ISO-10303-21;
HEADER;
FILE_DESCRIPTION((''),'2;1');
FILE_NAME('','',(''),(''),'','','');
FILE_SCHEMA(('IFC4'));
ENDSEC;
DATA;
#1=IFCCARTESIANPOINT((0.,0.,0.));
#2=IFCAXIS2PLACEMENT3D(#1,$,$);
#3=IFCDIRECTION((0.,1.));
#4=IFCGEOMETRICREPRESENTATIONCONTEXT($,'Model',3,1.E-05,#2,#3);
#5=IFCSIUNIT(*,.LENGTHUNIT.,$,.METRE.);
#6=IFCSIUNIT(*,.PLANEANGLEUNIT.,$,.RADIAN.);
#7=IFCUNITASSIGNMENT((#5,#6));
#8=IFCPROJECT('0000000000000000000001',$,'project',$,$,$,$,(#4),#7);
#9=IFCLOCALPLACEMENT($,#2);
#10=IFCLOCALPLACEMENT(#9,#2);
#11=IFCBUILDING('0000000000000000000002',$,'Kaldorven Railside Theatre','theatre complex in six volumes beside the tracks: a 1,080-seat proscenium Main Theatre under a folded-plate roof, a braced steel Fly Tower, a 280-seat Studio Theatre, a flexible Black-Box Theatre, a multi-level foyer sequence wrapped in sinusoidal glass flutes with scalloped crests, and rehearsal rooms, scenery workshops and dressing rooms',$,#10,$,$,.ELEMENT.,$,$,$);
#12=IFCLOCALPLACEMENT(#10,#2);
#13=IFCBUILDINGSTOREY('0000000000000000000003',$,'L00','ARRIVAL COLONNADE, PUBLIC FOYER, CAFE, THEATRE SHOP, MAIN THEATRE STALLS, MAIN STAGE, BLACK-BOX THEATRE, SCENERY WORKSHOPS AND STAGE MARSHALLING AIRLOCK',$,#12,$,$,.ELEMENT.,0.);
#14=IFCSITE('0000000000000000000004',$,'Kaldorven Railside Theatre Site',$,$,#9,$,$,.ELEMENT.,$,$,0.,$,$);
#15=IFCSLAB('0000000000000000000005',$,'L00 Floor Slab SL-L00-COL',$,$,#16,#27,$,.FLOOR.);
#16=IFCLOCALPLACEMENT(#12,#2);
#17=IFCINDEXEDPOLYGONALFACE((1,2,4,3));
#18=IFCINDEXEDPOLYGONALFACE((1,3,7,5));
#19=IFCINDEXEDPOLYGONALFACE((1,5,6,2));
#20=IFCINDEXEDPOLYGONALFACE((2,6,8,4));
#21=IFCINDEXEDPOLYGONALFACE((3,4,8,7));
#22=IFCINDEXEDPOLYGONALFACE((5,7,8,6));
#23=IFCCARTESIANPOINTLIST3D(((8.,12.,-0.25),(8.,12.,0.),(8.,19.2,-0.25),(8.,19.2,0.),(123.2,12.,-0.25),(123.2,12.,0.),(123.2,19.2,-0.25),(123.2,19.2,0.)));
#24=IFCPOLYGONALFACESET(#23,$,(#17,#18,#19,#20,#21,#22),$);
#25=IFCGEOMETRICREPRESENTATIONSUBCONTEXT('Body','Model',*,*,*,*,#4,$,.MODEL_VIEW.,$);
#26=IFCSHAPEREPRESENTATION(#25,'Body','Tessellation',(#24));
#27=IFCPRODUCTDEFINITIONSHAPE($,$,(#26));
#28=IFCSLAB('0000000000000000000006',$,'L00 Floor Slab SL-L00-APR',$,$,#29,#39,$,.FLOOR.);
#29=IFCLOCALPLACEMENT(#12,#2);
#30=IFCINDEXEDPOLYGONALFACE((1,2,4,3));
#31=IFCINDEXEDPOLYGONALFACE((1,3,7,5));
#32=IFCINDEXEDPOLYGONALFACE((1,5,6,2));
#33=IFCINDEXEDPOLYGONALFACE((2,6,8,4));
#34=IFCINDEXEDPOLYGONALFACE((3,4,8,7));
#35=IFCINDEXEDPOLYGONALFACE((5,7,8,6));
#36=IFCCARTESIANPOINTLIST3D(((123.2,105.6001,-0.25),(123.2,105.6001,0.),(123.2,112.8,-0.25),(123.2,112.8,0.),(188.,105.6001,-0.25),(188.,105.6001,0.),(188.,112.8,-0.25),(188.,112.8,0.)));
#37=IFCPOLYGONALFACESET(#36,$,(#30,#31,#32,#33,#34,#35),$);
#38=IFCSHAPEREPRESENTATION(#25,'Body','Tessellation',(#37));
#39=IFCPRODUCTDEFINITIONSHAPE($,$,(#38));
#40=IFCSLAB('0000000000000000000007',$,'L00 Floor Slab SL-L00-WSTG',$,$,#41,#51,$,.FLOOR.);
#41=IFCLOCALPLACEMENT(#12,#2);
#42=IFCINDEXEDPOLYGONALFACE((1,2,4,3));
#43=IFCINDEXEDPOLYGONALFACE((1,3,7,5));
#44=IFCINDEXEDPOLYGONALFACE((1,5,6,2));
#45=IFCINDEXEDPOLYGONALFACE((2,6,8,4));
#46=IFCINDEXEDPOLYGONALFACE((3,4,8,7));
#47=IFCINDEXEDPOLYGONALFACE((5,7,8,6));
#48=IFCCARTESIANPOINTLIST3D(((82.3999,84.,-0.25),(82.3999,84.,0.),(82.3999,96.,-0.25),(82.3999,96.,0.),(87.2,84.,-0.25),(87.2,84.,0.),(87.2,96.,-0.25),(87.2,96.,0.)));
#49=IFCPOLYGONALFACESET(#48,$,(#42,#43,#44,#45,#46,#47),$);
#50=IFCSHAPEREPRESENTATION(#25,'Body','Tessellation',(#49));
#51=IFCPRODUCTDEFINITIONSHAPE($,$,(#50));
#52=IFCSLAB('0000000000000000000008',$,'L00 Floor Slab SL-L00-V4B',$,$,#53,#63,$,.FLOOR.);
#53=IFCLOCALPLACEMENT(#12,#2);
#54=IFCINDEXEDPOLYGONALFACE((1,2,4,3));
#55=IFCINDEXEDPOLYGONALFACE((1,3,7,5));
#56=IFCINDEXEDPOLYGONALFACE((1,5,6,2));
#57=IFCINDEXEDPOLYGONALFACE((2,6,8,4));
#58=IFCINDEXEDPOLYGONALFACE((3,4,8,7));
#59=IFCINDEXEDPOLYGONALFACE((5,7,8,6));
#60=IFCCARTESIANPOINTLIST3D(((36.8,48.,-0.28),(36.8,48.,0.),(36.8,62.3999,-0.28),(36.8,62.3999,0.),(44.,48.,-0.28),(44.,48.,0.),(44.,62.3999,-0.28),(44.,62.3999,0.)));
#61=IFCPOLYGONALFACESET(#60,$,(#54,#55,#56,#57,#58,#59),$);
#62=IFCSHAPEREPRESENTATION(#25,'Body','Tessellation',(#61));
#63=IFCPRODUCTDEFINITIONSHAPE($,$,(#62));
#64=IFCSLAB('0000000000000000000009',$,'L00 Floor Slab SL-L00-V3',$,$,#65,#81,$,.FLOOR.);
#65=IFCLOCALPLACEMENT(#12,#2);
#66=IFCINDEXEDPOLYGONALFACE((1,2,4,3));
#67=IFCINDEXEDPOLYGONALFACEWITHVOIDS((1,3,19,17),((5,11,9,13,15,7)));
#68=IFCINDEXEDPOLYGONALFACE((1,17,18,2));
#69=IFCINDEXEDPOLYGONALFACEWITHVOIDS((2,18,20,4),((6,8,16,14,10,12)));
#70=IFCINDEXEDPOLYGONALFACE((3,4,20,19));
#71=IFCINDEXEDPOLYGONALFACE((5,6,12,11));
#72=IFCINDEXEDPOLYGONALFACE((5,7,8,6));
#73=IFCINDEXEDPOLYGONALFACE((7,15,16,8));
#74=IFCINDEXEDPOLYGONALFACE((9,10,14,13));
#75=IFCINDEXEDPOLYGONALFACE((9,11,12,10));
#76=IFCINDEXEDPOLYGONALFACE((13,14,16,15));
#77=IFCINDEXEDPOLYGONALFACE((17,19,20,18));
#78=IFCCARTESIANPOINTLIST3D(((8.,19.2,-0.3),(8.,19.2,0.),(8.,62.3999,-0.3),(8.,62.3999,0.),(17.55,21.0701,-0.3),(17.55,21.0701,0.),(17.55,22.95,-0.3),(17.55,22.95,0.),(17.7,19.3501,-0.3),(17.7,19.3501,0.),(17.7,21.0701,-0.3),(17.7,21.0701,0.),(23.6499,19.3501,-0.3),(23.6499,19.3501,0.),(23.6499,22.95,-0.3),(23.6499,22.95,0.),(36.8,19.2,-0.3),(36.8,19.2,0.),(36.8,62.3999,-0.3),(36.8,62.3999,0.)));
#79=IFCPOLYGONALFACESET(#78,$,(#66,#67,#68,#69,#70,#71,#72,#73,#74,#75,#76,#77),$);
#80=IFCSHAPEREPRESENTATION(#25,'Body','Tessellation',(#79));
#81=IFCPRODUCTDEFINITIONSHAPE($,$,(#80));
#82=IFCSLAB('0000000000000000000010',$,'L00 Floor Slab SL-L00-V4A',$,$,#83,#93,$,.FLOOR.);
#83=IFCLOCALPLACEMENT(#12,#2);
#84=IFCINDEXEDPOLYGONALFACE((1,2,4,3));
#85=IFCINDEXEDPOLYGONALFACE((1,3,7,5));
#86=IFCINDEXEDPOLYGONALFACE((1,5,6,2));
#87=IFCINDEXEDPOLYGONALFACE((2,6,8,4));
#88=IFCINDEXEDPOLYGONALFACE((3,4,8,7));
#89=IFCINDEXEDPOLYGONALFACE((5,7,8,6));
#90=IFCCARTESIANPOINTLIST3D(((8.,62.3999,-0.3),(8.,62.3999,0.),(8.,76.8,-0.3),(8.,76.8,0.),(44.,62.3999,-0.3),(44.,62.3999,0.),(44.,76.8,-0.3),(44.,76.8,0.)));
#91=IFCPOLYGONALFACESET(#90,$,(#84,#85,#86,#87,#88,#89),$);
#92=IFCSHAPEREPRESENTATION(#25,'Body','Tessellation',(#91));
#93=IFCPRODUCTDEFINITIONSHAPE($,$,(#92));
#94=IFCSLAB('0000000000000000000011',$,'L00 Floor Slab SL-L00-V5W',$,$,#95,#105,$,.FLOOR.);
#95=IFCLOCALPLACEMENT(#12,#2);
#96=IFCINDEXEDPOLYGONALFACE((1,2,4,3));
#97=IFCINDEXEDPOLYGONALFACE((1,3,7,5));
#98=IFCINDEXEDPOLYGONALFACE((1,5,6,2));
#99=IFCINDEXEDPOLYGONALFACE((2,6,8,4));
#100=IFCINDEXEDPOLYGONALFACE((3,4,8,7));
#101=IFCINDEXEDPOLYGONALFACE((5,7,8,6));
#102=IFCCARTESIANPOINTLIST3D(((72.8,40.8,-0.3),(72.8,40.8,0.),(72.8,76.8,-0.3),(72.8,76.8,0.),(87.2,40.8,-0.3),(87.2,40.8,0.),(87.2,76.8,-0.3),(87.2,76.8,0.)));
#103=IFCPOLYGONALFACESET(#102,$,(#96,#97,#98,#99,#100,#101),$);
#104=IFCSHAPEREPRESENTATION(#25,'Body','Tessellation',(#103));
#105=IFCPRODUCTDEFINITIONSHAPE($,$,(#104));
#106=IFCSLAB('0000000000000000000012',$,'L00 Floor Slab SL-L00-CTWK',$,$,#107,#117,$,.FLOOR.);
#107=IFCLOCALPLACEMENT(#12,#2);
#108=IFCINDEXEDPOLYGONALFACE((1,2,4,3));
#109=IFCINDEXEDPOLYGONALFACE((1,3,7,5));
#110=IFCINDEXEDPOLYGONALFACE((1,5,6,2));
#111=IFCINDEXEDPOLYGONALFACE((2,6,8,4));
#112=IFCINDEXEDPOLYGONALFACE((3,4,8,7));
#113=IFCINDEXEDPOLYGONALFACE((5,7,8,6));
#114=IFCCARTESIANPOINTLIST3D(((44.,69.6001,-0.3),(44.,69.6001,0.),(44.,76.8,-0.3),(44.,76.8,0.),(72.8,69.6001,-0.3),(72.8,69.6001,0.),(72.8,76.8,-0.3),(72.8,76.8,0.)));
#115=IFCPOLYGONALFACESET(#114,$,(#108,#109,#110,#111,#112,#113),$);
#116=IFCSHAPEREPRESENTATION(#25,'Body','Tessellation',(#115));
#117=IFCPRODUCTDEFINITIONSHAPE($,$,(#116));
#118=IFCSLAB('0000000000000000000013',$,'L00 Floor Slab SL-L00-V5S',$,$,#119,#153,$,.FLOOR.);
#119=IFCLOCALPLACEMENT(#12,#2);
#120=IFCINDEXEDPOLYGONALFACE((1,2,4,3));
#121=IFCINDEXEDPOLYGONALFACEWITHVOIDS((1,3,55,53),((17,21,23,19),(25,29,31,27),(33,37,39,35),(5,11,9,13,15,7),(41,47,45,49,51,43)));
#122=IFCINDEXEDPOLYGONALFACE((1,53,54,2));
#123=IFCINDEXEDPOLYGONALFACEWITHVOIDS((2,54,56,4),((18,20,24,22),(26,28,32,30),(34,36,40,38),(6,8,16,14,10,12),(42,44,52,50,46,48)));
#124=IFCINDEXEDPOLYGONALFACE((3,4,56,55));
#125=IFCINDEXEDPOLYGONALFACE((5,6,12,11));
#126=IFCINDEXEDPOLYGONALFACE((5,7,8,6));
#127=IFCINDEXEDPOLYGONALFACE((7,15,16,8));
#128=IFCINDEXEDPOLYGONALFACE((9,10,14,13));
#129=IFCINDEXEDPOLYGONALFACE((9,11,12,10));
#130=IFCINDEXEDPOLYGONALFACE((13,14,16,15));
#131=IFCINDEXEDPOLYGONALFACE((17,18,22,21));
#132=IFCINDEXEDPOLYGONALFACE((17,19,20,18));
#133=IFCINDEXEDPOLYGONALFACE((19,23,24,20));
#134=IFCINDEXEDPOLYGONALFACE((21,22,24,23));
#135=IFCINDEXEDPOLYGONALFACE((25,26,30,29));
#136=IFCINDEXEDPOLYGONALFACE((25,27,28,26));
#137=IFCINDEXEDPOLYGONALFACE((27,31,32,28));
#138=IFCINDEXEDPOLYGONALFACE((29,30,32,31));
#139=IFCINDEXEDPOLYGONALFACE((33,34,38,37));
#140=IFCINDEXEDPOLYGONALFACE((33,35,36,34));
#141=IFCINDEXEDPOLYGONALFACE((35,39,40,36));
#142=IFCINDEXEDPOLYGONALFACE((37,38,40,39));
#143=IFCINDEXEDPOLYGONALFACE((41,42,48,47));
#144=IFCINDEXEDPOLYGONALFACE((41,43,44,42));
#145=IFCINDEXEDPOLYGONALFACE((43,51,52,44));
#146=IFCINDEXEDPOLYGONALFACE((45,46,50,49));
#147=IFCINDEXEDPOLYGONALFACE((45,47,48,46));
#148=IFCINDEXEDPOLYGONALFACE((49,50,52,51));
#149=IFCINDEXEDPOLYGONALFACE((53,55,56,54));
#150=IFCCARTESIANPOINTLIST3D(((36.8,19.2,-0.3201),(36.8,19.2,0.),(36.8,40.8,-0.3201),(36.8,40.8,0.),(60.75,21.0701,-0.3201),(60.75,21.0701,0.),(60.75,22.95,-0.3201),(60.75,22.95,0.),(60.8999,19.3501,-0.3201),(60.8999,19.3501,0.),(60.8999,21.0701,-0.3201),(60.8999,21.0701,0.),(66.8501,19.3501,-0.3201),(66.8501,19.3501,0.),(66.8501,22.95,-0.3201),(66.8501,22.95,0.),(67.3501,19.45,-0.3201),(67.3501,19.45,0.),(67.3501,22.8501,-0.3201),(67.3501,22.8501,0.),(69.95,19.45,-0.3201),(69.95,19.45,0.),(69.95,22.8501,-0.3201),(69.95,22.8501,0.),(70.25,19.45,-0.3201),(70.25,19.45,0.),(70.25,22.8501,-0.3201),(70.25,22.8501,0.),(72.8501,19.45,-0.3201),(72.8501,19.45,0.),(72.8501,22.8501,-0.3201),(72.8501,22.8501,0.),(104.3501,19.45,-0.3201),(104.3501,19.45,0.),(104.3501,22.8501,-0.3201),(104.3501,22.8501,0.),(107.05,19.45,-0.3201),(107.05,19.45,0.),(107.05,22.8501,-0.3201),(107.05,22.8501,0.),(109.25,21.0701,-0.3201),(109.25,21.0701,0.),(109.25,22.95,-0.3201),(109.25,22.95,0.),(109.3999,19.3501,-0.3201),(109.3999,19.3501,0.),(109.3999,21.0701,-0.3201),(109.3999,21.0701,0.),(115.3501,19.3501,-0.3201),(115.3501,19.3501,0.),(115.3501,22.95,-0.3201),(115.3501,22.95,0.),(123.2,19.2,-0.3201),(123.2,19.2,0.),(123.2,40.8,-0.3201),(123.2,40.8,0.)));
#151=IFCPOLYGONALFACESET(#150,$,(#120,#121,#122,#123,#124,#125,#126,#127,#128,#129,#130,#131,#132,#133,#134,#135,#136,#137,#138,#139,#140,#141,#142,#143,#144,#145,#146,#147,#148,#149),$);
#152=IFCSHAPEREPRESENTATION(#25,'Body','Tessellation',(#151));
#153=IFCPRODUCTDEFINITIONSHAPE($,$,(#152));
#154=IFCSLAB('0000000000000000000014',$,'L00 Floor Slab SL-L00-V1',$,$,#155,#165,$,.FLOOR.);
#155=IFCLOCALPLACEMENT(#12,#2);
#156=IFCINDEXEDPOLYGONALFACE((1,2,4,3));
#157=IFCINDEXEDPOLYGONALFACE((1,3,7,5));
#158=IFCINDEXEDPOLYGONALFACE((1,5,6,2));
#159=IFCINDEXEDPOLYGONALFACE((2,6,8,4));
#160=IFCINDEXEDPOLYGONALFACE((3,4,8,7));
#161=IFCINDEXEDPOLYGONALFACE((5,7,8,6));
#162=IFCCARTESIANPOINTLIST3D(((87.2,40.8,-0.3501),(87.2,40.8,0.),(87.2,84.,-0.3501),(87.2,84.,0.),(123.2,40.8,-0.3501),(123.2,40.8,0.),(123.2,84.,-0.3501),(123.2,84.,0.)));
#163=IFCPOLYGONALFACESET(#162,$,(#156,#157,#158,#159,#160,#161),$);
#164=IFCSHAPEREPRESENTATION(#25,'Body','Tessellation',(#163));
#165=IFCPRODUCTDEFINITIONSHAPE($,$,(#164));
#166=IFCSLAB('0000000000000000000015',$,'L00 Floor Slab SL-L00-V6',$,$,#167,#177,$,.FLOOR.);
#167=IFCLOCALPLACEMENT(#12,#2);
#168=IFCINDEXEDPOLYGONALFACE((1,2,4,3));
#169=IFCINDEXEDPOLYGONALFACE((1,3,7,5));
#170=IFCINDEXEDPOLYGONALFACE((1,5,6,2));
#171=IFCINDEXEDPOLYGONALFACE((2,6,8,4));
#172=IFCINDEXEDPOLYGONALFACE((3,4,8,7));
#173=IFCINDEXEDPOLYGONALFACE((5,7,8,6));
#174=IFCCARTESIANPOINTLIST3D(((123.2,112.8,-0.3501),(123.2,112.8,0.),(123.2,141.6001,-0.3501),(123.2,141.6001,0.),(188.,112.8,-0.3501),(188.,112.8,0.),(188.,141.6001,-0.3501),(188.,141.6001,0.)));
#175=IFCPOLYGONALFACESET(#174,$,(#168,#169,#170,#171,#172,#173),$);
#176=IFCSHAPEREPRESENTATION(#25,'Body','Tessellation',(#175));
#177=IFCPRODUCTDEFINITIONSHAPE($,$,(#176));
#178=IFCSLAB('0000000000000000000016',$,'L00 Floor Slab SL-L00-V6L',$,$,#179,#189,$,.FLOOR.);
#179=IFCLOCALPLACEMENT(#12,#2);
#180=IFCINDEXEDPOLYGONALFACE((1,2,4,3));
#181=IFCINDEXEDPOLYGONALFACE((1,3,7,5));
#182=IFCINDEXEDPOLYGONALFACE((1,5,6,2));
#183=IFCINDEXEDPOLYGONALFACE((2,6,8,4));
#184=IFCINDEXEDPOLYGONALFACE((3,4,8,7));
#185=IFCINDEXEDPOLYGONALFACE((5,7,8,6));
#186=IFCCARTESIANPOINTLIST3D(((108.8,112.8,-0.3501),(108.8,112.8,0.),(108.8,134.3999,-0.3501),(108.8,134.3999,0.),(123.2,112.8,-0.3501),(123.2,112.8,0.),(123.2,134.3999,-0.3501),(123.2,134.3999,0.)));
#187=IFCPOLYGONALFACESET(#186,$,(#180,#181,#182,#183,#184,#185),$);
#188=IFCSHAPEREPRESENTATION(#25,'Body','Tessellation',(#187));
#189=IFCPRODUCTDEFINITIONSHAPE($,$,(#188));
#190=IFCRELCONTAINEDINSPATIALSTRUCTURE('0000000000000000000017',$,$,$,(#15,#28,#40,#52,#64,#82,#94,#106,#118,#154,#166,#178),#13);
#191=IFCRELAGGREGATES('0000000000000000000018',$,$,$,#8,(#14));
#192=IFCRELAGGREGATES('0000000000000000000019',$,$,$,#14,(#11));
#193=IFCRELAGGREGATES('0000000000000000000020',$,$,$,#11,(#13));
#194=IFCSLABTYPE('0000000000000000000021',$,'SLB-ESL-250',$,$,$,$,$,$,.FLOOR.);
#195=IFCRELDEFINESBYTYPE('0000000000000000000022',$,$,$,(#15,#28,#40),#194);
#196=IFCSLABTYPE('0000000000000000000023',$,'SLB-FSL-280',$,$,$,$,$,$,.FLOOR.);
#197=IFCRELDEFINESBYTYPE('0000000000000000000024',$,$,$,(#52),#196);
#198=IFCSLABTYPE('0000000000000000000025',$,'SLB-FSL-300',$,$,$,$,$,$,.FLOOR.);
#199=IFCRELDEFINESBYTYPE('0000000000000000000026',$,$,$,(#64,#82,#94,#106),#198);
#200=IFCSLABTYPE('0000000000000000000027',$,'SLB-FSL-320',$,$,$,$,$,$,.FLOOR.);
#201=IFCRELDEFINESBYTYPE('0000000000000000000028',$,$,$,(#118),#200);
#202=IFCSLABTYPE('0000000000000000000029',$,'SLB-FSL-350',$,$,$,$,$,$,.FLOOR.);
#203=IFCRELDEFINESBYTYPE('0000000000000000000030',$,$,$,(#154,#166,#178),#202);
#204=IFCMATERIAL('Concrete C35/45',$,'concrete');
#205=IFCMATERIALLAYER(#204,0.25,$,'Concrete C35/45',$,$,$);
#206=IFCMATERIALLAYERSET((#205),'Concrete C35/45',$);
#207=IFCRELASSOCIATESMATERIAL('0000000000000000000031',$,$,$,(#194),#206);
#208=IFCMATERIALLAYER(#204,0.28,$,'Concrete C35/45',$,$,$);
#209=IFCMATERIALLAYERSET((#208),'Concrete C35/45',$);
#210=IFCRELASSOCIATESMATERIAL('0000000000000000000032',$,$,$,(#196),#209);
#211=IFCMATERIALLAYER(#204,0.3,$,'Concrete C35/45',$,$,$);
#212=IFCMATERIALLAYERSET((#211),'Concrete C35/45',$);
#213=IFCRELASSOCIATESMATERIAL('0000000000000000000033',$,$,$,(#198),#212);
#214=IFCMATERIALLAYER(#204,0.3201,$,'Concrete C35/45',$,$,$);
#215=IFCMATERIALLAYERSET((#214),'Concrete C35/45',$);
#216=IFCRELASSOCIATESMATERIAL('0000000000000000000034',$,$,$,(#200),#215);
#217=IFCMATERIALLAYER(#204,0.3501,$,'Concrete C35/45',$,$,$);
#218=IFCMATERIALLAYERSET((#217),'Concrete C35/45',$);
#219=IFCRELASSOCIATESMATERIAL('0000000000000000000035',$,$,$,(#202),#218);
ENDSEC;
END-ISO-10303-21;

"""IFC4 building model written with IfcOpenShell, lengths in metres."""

from ifc_helpers import new_model, si_unit, direction, frame, origin, place, context, subcontext, project, spatial, polyline, outline, extrude, material, layer, layer_set, type_object, element, save


model = new_model("IFC4")

# Units and contexts
model_context = context("Model", 3, precision=1e-05, world=origin(), true_north=direction((0.0, 1.0)))
body_context = subcontext(model_context, "Body", "Model", "MODEL_VIEW")
ifc_project = project(units=[si_unit("LENGTHUNIT", "METRE"), si_unit("PLANEANGLEUNIT", "RADIAN")], contexts=[model_context])

# Site, building, storey
site_placement = place(None, origin())
site = spatial("IfcSite", under=ifc_project, at=site_placement, Name="Kaldorven Railside Theatre Site", CompositionType="ELEMENT", RefElevation=0.0)
building_placement = place(site_placement, origin())
building = spatial("IfcBuilding", under=site, at=building_placement, Name="Kaldorven Railside Theatre", Description="theatre complex in six volumes beside the tracks: a 1,080-seat proscenium Main Theatre under a folded-plate roof, a braced steel Fly Tower, a 280-seat Studio Theatre, a flexible Black-Box Theatre, a multi-level foyer sequence wrapped in sinusoidal glass flutes with scalloped crests, and rehearsal rooms, scenery workshops and dressing rooms", CompositionType="ELEMENT")
storey_placement = place(building_placement, origin())
storey = spatial("IfcBuildingStorey", under=building, at=storey_placement, Name="L00", Description="ARRIVAL COLONNADE, PUBLIC FOYER, CAFE, THEATRE SHOP, MAIN THEATRE STALLS, MAIN STAGE, BLACK-BOX THEATRE, SCENERY WORKSHOPS AND STAGE MARSHALLING AIRLOCK", CompositionType="ELEMENT", Elevation=0.0)

# Slabs
ifc_material = material(Name="Concrete C35/45", Category="concrete")
ifc_layer_1 = layer(ifc_material, 0.25, Name="Concrete C35/45")
ifc_layer_set_1 = layer_set([ifc_layer_1], Name="Concrete C35/45")
slab_type_1 = type_object("IfcSlabType", Name="SLB-ESL-250", PredefinedType="FLOOR", material=ifc_layer_set_1)
slab_1_placement = place(storey_placement, frame((0.0, 0.0, -0.25)))
element("IfcSlab", 1, at=slab_1_placement, inside=storey, type_object=slab_type_1, Name="L00 Floor Slab SL-L00-COL", PredefinedType="FLOOR", context=body_context, shape_type="SweptSolid", body=[
    extrude(outline(polyline([(8.0, 12.0), (123.2, 12.0), (123.2, 19.2), (8.0, 19.2), (8.0, 12.0)])), origin(), (0.0, 0.0, 1.0), 0.25),
])
slab_2_placement = place(storey_placement, frame((0.0, 0.0, -0.25)))
element("IfcSlab", 2, at=slab_2_placement, inside=storey, type_object=slab_type_1, Name="L00 Floor Slab SL-L00-APR", PredefinedType="FLOOR", context=body_context, shape_type="SweptSolid", body=[
    extrude(outline(polyline([(123.2, 105.6001), (188.0, 105.6001), (188.0, 112.8), (123.2, 112.8), (123.2, 105.6001)])), origin(), (0.0, 0.0, 1.0), 0.25),
])
slab_3_placement = place(storey_placement, frame((0.0, 0.0, -0.25)))
element("IfcSlab", 3, at=slab_3_placement, inside=storey, type_object=slab_type_1, Name="L00 Floor Slab SL-L00-WSTG", PredefinedType="FLOOR", context=body_context, shape_type="SweptSolid", body=[
    extrude(outline(polyline([(82.3999, 84.0), (87.2, 84.0), (87.2, 96.0), (82.3999, 96.0), (82.3999, 84.0)])), origin(), (0.0, 0.0, 1.0), 0.25),
])
ifc_layer_2 = layer(ifc_material, 0.28, Name="Concrete C35/45")
ifc_layer_set_2 = layer_set([ifc_layer_2], Name="Concrete C35/45")
slab_type_2 = type_object("IfcSlabType", Name="SLB-FSL-280", PredefinedType="FLOOR", material=ifc_layer_set_2)
slab_4_placement = place(storey_placement, frame((0.0, 0.0, -0.28)))
element("IfcSlab", 4, at=slab_4_placement, inside=storey, type_object=slab_type_2, Name="L00 Floor Slab SL-L00-V4B", PredefinedType="FLOOR", context=body_context, shape_type="SweptSolid", body=[
    extrude(outline(polyline([(36.8, 48.0), (44.0, 48.0), (44.0, 62.3999), (36.8, 62.3999), (36.8, 48.0)])), origin(), (0.0, 0.0, 1.0), 0.28),
])
ifc_layer_3 = layer(ifc_material, 0.3, Name="Concrete C35/45")
ifc_layer_set_3 = layer_set([ifc_layer_3], Name="Concrete C35/45")
slab_type_3 = type_object("IfcSlabType", Name="SLB-FSL-300", PredefinedType="FLOOR", material=ifc_layer_set_3)
slab_5_placement = place(storey_placement, frame((0.0, 0.0, -0.3)))
element("IfcSlab", 5, at=slab_5_placement, inside=storey, type_object=slab_type_3, Name="L00 Floor Slab SL-L00-V3", PredefinedType="FLOOR", context=body_context, shape_type="SweptSolid", body=[
    extrude(outline(polyline([(8.0, 19.2), (36.8, 19.2), (36.8, 62.3999), (8.0, 62.3999), (8.0, 19.2)]), holes=[polyline([(17.55, 22.95), (23.6499, 22.95), (23.6499, 19.3501), (17.7, 19.3501), (17.7, 21.0701), (17.55, 21.0701), (17.55, 22.95)])]), origin(), (0.0, 0.0, 1.0), 0.3),
])
slab_6_placement = place(storey_placement, frame((0.0, 0.0, -0.3)))
element("IfcSlab", 6, at=slab_6_placement, inside=storey, type_object=slab_type_3, Name="L00 Floor Slab SL-L00-V4A", PredefinedType="FLOOR", context=body_context, shape_type="SweptSolid", body=[
    extrude(outline(polyline([(8.0, 62.3999), (44.0, 62.3999), (44.0, 76.8), (8.0, 76.8), (8.0, 62.3999)])), origin(), (0.0, 0.0, 1.0), 0.3),
])
slab_7_placement = place(storey_placement, frame((0.0, 0.0, -0.3)))
element("IfcSlab", 7, at=slab_7_placement, inside=storey, type_object=slab_type_3, Name="L00 Floor Slab SL-L00-V5W", PredefinedType="FLOOR", context=body_context, shape_type="SweptSolid", body=[
    extrude(outline(polyline([(72.8, 40.8), (87.2, 40.8), (87.2, 76.8), (72.8, 76.8), (72.8, 40.8)])), origin(), (0.0, 0.0, 1.0), 0.3),
])
slab_8_placement = place(storey_placement, frame((0.0, 0.0, -0.3)))
element("IfcSlab", 8, at=slab_8_placement, inside=storey, type_object=slab_type_3, Name="L00 Floor Slab SL-L00-CTWK", PredefinedType="FLOOR", context=body_context, shape_type="SweptSolid", body=[
    extrude(outline(polyline([(44.0, 69.6001), (72.8, 69.6001), (72.8, 76.8), (44.0, 76.8), (44.0, 69.6001)])), origin(), (0.0, 0.0, 1.0), 0.3),
])
ifc_layer_4 = layer(ifc_material, 0.3201, Name="Concrete C35/45")
ifc_layer_set_4 = layer_set([ifc_layer_4], Name="Concrete C35/45")
slab_type_4 = type_object("IfcSlabType", Name="SLB-FSL-320", PredefinedType="FLOOR", material=ifc_layer_set_4)
slab_9_placement = place(storey_placement, frame((0.0, 0.0, -0.3201)))
element("IfcSlab", 9, at=slab_9_placement, inside=storey, type_object=slab_type_4, Name="L00 Floor Slab SL-L00-V5S", PredefinedType="FLOOR", context=body_context, shape_type="SweptSolid", body=[
    extrude(outline(polyline([(36.8, 19.2), (123.2, 19.2), (123.2, 40.8), (36.8, 40.8), (36.8, 19.2)]), holes=[polyline([(60.75, 22.95), (66.8501, 22.95), (66.8501, 19.3501), (60.8999, 19.3501), (60.8999, 21.0701), (60.75, 21.0701), (60.75, 22.95)]), polyline([(109.25, 22.95), (115.3501, 22.95), (115.3501, 19.3501), (109.3999, 19.3501), (109.3999, 21.0701), (109.25, 21.0701), (109.25, 22.95)]), polyline([(69.95, 19.45), (69.95, 22.8501), (67.3501, 22.8501), (67.3501, 19.45), (69.95, 19.45)]), polyline([(72.8501, 19.45), (72.8501, 22.8501), (70.25, 22.8501), (70.25, 19.45), (72.8501, 19.45)]), polyline([(107.05, 19.45), (107.05, 22.8501), (104.3501, 22.8501), (104.3501, 19.45), (107.05, 19.45)])]), origin(), (0.0, 0.0, 1.0), 0.3201),
])
ifc_layer_5 = layer(ifc_material, 0.3501, Name="Concrete C35/45")
ifc_layer_set_5 = layer_set([ifc_layer_5], Name="Concrete C35/45")
slab_type_5 = type_object("IfcSlabType", Name="SLB-FSL-350", PredefinedType="FLOOR", material=ifc_layer_set_5)
slab_10_placement = place(storey_placement, frame((0.0, 0.0, -0.3501)))
element("IfcSlab", 10, at=slab_10_placement, inside=storey, type_object=slab_type_5, Name="L00 Floor Slab SL-L00-V1", PredefinedType="FLOOR", context=body_context, shape_type="SweptSolid", body=[
    extrude(outline(polyline([(87.2, 40.8), (123.2, 40.8), (123.2, 84.0), (87.2, 84.0), (87.2, 40.8)])), origin(), (0.0, 0.0, 1.0), 0.3501),
])
slab_11_placement = place(storey_placement, frame((0.0, 0.0, -0.3501)))
element("IfcSlab", 11, at=slab_11_placement, inside=storey, type_object=slab_type_5, Name="L00 Floor Slab SL-L00-V6", PredefinedType="FLOOR", context=body_context, shape_type="SweptSolid", body=[
    extrude(outline(polyline([(123.2, 112.8), (188.0, 112.8), (188.0, 141.6001), (123.2, 141.6001), (123.2, 112.8)])), origin(), (0.0, 0.0, 1.0), 0.3501),
])
slab_12_placement = place(storey_placement, frame((0.0, 0.0, -0.3501)))
element("IfcSlab", 12, at=slab_12_placement, inside=storey, type_object=slab_type_5, Name="L00 Floor Slab SL-L00-V6L", PredefinedType="FLOOR", context=body_context, shape_type="SweptSolid", body=[
    extrude(outline(polyline([(108.8, 112.8), (123.2, 112.8), (123.2, 134.3999), (108.8, 134.3999), (108.8, 112.8)])), origin(), (0.0, 0.0, 1.0), 0.3501),
])

save(model, "model.ifc")
